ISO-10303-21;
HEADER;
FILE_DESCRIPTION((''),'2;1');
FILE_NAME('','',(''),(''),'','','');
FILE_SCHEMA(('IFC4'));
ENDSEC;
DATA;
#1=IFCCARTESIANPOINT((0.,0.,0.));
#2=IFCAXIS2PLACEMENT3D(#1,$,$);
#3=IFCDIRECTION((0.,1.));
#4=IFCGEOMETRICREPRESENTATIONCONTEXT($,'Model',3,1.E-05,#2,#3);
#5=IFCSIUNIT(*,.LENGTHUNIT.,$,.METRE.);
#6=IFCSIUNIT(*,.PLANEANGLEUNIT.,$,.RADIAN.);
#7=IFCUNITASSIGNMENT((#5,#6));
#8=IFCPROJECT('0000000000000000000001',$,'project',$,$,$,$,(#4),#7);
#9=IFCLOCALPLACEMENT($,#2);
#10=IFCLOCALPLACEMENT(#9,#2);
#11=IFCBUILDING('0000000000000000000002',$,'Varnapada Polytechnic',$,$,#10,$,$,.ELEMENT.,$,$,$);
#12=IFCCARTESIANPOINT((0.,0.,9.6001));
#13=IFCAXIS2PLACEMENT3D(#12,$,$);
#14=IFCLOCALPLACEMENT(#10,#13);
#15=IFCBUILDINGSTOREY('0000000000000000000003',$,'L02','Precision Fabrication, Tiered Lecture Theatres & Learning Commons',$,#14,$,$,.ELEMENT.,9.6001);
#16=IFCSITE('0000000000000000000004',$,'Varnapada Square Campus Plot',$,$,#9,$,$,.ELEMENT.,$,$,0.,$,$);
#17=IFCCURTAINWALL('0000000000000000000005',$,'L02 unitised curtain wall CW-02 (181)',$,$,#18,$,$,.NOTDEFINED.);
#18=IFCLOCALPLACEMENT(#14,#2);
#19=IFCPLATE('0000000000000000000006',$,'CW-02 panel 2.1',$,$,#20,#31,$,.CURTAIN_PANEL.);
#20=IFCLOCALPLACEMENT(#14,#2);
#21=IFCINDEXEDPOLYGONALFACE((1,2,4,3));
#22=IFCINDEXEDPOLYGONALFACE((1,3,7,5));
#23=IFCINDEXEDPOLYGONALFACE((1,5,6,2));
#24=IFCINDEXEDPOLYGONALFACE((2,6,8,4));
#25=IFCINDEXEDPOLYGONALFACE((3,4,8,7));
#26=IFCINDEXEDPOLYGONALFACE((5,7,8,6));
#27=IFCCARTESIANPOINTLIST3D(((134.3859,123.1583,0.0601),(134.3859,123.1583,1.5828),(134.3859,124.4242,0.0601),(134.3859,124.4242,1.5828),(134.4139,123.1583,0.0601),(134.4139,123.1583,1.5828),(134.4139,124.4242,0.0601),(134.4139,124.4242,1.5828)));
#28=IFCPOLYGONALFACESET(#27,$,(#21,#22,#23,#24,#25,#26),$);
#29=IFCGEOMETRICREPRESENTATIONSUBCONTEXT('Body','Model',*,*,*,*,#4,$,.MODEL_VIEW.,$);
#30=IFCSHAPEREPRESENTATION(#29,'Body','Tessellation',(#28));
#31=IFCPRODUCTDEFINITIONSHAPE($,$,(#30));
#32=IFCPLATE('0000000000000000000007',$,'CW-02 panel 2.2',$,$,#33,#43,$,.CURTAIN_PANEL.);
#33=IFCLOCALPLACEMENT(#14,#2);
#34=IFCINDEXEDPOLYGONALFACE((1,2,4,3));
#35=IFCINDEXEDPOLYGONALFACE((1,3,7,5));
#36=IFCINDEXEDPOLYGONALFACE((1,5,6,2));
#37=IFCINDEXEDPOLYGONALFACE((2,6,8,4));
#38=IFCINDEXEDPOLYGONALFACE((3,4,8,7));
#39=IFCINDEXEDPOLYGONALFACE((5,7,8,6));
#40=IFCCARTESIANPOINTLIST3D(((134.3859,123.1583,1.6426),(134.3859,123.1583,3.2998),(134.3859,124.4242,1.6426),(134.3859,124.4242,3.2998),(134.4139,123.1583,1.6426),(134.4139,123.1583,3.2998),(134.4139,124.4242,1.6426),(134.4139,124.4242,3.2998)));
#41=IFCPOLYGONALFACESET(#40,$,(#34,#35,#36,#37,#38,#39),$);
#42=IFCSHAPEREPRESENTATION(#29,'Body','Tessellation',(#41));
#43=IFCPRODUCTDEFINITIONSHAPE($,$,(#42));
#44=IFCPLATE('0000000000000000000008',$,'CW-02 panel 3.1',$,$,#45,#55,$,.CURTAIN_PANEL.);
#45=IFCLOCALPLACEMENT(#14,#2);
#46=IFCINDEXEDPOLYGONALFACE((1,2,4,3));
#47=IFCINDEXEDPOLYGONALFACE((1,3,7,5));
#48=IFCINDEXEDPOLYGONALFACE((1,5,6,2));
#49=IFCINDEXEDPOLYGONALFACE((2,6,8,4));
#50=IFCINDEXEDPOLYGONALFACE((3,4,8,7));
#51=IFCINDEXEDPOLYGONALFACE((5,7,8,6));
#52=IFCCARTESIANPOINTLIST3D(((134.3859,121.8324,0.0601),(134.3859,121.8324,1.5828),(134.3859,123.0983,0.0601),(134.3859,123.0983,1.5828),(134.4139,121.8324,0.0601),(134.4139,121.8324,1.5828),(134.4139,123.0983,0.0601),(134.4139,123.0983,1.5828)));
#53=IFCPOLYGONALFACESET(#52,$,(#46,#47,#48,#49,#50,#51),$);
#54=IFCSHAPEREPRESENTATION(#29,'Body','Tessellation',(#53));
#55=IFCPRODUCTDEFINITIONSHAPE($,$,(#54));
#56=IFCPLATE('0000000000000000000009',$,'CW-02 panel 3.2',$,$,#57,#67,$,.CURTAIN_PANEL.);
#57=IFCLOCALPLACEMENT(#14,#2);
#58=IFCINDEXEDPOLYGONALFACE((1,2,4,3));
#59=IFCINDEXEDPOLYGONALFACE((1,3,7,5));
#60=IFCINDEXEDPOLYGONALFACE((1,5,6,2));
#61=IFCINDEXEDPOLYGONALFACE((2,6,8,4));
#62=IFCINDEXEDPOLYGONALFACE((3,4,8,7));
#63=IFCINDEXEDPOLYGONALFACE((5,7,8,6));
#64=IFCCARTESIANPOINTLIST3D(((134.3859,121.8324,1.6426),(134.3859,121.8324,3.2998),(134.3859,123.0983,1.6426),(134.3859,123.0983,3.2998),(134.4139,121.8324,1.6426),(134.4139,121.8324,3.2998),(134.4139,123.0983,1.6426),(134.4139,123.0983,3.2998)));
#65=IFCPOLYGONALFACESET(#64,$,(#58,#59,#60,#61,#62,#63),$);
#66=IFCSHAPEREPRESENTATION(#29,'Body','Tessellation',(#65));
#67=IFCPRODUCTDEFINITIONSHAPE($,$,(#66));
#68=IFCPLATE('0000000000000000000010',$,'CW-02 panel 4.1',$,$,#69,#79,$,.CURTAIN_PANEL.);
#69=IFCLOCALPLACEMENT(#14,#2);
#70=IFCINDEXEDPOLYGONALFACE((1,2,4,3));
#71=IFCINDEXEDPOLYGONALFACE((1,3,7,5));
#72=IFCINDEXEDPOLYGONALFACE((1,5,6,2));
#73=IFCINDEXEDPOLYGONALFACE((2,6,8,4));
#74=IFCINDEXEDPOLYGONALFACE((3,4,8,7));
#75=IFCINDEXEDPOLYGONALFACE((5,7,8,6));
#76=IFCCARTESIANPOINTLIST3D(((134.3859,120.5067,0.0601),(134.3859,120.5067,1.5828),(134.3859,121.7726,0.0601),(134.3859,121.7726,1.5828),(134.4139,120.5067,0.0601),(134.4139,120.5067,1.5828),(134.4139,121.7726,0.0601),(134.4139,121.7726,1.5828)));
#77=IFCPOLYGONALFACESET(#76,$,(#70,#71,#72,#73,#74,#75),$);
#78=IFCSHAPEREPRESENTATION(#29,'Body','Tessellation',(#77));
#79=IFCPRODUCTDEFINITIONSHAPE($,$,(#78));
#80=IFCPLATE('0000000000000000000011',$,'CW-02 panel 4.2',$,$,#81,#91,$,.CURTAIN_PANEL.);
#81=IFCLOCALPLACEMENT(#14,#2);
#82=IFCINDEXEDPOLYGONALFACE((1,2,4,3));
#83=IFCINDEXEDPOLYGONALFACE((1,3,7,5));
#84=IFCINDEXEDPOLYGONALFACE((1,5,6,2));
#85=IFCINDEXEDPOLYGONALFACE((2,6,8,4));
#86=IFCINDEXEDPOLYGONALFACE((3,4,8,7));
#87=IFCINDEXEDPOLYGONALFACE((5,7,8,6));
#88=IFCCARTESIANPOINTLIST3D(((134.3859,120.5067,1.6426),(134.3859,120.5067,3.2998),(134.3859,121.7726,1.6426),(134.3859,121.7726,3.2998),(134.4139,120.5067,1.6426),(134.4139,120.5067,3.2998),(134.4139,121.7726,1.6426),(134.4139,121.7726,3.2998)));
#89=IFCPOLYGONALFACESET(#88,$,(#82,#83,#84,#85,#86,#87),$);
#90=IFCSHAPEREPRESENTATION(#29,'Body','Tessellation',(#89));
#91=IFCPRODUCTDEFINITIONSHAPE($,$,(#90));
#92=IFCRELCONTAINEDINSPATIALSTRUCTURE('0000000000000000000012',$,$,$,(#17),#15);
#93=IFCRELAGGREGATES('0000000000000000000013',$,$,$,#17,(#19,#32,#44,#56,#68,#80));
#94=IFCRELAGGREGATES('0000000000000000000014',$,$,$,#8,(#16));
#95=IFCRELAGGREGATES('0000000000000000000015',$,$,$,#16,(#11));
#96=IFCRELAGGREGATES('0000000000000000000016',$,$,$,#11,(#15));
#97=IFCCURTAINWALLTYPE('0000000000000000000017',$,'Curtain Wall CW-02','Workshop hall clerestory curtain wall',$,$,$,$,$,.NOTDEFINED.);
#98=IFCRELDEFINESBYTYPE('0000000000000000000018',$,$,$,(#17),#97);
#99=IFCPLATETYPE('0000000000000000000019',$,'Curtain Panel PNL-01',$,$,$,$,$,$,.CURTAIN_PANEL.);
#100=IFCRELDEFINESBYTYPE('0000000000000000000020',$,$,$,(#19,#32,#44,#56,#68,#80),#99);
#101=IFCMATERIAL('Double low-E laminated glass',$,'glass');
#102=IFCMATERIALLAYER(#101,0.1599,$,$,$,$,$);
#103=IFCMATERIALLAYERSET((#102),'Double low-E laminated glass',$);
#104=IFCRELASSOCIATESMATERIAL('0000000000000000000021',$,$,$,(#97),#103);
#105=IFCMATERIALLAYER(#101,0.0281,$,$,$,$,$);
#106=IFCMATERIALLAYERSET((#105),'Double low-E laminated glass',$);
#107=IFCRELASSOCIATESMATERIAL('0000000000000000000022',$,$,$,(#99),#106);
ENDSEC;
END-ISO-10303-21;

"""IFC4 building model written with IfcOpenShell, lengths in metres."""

from ifc_helpers import new_model, si_unit, direction, frame, origin, origin_2d, place, context, subcontext, project, spatial, rectangle, extrude, material, layer, layer_set, type_object, element, aggregate, save


model = new_model("IFC4")

# Units and contexts
model_context = context("Model", 3, precision=1e-05, world=origin(), true_north=direction((0.0, 1.0)))
body_context = subcontext(model_context, "Body", "Model", "MODEL_VIEW")
ifc_project = project(units=[si_unit("LENGTHUNIT", "METRE"), si_unit("PLANEANGLEUNIT", "RADIAN")], contexts=[model_context])

# Site, building, storey
site_placement = place(None, origin())
site = spatial("IfcSite", under=ifc_project, at=site_placement, Name="Varnapada Square Campus Plot", CompositionType="ELEMENT", RefElevation=0.0)
building_placement = place(site_placement, origin())
building = spatial("IfcBuilding", under=site, at=building_placement, Name="Varnapada Polytechnic", CompositionType="ELEMENT")
storey_placement = place(building_placement, frame((0.0, 0.0, 9.6001)))
storey = spatial("IfcBuildingStorey", under=building, at=storey_placement, Name="L02", Description="Precision Fabrication, Tiered Lecture Theatres & Learning Commons", CompositionType="ELEMENT", Elevation=9.6001)

# Curtain wall, plates
ifc_material_1 = material(Name="Double low-E laminated glass", Category="glass")
ifc_layer_1 = layer(ifc_material_1, 0.1599)
ifc_layer_set_1 = layer_set([ifc_layer_1], Name="Double low-E laminated glass")
curtain_wall_type = type_object("IfcCurtainWallType", Name="Curtain Wall CW-02", Description="Workshop hall clerestory curtain wall", PredefinedType="NOTDEFINED", material=ifc_layer_set_1)
curtain_wall_placement = place(storey_placement, origin())
curtain_wall = element("IfcCurtainWall", 1, at=curtain_wall_placement, inside=storey, type_object=curtain_wall_type, Name="L02 unitised curtain wall CW-02 (181)", PredefinedType="NOTDEFINED")
ifc_layer_2 = layer(ifc_material_1, 0.0281)
ifc_layer_set_2 = layer_set([ifc_layer_2], Name="Double low-E laminated glass")
plate_type = type_object("IfcPlateType", Name="Curtain Panel PNL-01", PredefinedType="CURTAIN_PANEL", material=ifc_layer_set_2)
plate_1_placement = place(storey_placement, frame((134.3999, 123.7913, 0.0601), z_axis=(0.0, 0.0, 1.0), x_axis=(0.0, -1.0, 0.0)))
plate_1 = element("IfcPlate", 2, at=plate_1_placement, type_object=plate_type, Name="CW-02 panel 2.1", PredefinedType="CURTAIN_PANEL", context=body_context, shape_type="SweptSolid", body=[
    extrude(rectangle(XDim=1.2659, YDim=0.0281, at=origin_2d()), origin(), (0.0, 0.0, 1.0), 1.5227),
])
plate_2_placement = place(storey_placement, frame((134.3999, 123.7913, 1.6426), z_axis=(0.0, 0.0, 1.0), x_axis=(0.0, -1.0, 0.0)))
plate_2 = element("IfcPlate", 3, at=plate_2_placement, type_object=plate_type, Name="CW-02 panel 2.2", PredefinedType="CURTAIN_PANEL", context=body_context, shape_type="SweptSolid", body=[
    extrude(rectangle(XDim=1.2659, YDim=0.0281, at=origin_2d()), origin(), (0.0, 0.0, 1.0), 1.6572),
])
plate_3_placement = place(storey_placement, frame((134.3999, 122.4653, 0.0601), z_axis=(0.0, 0.0, 1.0), x_axis=(0.0, -1.0, 0.0)))
plate_3 = element("IfcPlate", 4, at=plate_3_placement, type_object=plate_type, Name="CW-02 panel 3.1", PredefinedType="CURTAIN_PANEL", context=body_context, shape_type="SweptSolid", body=[
    extrude(rectangle(XDim=1.2659, YDim=0.0281, at=origin_2d()), origin(), (0.0, 0.0, 1.0), 1.5227),
])
plate_4_placement = place(storey_placement, frame((134.3999, 122.4653, 1.6426), z_axis=(0.0, 0.0, 1.0), x_axis=(0.0, -1.0, 0.0)))
plate_4 = element("IfcPlate", 5, at=plate_4_placement, type_object=plate_type, Name="CW-02 panel 3.2", PredefinedType="CURTAIN_PANEL", context=body_context, shape_type="SweptSolid", body=[
    extrude(rectangle(XDim=1.2659, YDim=0.0281, at=origin_2d()), origin(), (0.0, 0.0, 1.0), 1.6572),
])
plate_5_placement = place(storey_placement, frame((134.3999, 121.1396, 0.0601), z_axis=(0.0, 0.0, 1.0), x_axis=(0.0, -1.0, 0.0)))
plate_5 = element("IfcPlate", 6, at=plate_5_placement, type_object=plate_type, Name="CW-02 panel 4.1", PredefinedType="CURTAIN_PANEL", context=body_context, shape_type="SweptSolid", body=[
    extrude(rectangle(XDim=1.2659, YDim=0.0281, at=origin_2d()), origin(), (0.0, 0.0, 1.0), 1.5227),
])
plate_6_placement = place(storey_placement, frame((134.3999, 121.1396, 1.6426), z_axis=(0.0, 0.0, 1.0), x_axis=(0.0, -1.0, 0.0)))
plate_6 = element("IfcPlate", 7, at=plate_6_placement, type_object=plate_type, Name="CW-02 panel 4.2", PredefinedType="CURTAIN_PANEL", context=body_context, shape_type="SweptSolid", body=[
    extrude(rectangle(XDim=1.2659, YDim=0.0281, at=origin_2d()), origin(), (0.0, 0.0, 1.0), 1.6572),
])
aggregate(curtain_wall, [plate_1, plate_2, plate_3, plate_4, plate_5, plate_6])

save(model, "model.ifc")
